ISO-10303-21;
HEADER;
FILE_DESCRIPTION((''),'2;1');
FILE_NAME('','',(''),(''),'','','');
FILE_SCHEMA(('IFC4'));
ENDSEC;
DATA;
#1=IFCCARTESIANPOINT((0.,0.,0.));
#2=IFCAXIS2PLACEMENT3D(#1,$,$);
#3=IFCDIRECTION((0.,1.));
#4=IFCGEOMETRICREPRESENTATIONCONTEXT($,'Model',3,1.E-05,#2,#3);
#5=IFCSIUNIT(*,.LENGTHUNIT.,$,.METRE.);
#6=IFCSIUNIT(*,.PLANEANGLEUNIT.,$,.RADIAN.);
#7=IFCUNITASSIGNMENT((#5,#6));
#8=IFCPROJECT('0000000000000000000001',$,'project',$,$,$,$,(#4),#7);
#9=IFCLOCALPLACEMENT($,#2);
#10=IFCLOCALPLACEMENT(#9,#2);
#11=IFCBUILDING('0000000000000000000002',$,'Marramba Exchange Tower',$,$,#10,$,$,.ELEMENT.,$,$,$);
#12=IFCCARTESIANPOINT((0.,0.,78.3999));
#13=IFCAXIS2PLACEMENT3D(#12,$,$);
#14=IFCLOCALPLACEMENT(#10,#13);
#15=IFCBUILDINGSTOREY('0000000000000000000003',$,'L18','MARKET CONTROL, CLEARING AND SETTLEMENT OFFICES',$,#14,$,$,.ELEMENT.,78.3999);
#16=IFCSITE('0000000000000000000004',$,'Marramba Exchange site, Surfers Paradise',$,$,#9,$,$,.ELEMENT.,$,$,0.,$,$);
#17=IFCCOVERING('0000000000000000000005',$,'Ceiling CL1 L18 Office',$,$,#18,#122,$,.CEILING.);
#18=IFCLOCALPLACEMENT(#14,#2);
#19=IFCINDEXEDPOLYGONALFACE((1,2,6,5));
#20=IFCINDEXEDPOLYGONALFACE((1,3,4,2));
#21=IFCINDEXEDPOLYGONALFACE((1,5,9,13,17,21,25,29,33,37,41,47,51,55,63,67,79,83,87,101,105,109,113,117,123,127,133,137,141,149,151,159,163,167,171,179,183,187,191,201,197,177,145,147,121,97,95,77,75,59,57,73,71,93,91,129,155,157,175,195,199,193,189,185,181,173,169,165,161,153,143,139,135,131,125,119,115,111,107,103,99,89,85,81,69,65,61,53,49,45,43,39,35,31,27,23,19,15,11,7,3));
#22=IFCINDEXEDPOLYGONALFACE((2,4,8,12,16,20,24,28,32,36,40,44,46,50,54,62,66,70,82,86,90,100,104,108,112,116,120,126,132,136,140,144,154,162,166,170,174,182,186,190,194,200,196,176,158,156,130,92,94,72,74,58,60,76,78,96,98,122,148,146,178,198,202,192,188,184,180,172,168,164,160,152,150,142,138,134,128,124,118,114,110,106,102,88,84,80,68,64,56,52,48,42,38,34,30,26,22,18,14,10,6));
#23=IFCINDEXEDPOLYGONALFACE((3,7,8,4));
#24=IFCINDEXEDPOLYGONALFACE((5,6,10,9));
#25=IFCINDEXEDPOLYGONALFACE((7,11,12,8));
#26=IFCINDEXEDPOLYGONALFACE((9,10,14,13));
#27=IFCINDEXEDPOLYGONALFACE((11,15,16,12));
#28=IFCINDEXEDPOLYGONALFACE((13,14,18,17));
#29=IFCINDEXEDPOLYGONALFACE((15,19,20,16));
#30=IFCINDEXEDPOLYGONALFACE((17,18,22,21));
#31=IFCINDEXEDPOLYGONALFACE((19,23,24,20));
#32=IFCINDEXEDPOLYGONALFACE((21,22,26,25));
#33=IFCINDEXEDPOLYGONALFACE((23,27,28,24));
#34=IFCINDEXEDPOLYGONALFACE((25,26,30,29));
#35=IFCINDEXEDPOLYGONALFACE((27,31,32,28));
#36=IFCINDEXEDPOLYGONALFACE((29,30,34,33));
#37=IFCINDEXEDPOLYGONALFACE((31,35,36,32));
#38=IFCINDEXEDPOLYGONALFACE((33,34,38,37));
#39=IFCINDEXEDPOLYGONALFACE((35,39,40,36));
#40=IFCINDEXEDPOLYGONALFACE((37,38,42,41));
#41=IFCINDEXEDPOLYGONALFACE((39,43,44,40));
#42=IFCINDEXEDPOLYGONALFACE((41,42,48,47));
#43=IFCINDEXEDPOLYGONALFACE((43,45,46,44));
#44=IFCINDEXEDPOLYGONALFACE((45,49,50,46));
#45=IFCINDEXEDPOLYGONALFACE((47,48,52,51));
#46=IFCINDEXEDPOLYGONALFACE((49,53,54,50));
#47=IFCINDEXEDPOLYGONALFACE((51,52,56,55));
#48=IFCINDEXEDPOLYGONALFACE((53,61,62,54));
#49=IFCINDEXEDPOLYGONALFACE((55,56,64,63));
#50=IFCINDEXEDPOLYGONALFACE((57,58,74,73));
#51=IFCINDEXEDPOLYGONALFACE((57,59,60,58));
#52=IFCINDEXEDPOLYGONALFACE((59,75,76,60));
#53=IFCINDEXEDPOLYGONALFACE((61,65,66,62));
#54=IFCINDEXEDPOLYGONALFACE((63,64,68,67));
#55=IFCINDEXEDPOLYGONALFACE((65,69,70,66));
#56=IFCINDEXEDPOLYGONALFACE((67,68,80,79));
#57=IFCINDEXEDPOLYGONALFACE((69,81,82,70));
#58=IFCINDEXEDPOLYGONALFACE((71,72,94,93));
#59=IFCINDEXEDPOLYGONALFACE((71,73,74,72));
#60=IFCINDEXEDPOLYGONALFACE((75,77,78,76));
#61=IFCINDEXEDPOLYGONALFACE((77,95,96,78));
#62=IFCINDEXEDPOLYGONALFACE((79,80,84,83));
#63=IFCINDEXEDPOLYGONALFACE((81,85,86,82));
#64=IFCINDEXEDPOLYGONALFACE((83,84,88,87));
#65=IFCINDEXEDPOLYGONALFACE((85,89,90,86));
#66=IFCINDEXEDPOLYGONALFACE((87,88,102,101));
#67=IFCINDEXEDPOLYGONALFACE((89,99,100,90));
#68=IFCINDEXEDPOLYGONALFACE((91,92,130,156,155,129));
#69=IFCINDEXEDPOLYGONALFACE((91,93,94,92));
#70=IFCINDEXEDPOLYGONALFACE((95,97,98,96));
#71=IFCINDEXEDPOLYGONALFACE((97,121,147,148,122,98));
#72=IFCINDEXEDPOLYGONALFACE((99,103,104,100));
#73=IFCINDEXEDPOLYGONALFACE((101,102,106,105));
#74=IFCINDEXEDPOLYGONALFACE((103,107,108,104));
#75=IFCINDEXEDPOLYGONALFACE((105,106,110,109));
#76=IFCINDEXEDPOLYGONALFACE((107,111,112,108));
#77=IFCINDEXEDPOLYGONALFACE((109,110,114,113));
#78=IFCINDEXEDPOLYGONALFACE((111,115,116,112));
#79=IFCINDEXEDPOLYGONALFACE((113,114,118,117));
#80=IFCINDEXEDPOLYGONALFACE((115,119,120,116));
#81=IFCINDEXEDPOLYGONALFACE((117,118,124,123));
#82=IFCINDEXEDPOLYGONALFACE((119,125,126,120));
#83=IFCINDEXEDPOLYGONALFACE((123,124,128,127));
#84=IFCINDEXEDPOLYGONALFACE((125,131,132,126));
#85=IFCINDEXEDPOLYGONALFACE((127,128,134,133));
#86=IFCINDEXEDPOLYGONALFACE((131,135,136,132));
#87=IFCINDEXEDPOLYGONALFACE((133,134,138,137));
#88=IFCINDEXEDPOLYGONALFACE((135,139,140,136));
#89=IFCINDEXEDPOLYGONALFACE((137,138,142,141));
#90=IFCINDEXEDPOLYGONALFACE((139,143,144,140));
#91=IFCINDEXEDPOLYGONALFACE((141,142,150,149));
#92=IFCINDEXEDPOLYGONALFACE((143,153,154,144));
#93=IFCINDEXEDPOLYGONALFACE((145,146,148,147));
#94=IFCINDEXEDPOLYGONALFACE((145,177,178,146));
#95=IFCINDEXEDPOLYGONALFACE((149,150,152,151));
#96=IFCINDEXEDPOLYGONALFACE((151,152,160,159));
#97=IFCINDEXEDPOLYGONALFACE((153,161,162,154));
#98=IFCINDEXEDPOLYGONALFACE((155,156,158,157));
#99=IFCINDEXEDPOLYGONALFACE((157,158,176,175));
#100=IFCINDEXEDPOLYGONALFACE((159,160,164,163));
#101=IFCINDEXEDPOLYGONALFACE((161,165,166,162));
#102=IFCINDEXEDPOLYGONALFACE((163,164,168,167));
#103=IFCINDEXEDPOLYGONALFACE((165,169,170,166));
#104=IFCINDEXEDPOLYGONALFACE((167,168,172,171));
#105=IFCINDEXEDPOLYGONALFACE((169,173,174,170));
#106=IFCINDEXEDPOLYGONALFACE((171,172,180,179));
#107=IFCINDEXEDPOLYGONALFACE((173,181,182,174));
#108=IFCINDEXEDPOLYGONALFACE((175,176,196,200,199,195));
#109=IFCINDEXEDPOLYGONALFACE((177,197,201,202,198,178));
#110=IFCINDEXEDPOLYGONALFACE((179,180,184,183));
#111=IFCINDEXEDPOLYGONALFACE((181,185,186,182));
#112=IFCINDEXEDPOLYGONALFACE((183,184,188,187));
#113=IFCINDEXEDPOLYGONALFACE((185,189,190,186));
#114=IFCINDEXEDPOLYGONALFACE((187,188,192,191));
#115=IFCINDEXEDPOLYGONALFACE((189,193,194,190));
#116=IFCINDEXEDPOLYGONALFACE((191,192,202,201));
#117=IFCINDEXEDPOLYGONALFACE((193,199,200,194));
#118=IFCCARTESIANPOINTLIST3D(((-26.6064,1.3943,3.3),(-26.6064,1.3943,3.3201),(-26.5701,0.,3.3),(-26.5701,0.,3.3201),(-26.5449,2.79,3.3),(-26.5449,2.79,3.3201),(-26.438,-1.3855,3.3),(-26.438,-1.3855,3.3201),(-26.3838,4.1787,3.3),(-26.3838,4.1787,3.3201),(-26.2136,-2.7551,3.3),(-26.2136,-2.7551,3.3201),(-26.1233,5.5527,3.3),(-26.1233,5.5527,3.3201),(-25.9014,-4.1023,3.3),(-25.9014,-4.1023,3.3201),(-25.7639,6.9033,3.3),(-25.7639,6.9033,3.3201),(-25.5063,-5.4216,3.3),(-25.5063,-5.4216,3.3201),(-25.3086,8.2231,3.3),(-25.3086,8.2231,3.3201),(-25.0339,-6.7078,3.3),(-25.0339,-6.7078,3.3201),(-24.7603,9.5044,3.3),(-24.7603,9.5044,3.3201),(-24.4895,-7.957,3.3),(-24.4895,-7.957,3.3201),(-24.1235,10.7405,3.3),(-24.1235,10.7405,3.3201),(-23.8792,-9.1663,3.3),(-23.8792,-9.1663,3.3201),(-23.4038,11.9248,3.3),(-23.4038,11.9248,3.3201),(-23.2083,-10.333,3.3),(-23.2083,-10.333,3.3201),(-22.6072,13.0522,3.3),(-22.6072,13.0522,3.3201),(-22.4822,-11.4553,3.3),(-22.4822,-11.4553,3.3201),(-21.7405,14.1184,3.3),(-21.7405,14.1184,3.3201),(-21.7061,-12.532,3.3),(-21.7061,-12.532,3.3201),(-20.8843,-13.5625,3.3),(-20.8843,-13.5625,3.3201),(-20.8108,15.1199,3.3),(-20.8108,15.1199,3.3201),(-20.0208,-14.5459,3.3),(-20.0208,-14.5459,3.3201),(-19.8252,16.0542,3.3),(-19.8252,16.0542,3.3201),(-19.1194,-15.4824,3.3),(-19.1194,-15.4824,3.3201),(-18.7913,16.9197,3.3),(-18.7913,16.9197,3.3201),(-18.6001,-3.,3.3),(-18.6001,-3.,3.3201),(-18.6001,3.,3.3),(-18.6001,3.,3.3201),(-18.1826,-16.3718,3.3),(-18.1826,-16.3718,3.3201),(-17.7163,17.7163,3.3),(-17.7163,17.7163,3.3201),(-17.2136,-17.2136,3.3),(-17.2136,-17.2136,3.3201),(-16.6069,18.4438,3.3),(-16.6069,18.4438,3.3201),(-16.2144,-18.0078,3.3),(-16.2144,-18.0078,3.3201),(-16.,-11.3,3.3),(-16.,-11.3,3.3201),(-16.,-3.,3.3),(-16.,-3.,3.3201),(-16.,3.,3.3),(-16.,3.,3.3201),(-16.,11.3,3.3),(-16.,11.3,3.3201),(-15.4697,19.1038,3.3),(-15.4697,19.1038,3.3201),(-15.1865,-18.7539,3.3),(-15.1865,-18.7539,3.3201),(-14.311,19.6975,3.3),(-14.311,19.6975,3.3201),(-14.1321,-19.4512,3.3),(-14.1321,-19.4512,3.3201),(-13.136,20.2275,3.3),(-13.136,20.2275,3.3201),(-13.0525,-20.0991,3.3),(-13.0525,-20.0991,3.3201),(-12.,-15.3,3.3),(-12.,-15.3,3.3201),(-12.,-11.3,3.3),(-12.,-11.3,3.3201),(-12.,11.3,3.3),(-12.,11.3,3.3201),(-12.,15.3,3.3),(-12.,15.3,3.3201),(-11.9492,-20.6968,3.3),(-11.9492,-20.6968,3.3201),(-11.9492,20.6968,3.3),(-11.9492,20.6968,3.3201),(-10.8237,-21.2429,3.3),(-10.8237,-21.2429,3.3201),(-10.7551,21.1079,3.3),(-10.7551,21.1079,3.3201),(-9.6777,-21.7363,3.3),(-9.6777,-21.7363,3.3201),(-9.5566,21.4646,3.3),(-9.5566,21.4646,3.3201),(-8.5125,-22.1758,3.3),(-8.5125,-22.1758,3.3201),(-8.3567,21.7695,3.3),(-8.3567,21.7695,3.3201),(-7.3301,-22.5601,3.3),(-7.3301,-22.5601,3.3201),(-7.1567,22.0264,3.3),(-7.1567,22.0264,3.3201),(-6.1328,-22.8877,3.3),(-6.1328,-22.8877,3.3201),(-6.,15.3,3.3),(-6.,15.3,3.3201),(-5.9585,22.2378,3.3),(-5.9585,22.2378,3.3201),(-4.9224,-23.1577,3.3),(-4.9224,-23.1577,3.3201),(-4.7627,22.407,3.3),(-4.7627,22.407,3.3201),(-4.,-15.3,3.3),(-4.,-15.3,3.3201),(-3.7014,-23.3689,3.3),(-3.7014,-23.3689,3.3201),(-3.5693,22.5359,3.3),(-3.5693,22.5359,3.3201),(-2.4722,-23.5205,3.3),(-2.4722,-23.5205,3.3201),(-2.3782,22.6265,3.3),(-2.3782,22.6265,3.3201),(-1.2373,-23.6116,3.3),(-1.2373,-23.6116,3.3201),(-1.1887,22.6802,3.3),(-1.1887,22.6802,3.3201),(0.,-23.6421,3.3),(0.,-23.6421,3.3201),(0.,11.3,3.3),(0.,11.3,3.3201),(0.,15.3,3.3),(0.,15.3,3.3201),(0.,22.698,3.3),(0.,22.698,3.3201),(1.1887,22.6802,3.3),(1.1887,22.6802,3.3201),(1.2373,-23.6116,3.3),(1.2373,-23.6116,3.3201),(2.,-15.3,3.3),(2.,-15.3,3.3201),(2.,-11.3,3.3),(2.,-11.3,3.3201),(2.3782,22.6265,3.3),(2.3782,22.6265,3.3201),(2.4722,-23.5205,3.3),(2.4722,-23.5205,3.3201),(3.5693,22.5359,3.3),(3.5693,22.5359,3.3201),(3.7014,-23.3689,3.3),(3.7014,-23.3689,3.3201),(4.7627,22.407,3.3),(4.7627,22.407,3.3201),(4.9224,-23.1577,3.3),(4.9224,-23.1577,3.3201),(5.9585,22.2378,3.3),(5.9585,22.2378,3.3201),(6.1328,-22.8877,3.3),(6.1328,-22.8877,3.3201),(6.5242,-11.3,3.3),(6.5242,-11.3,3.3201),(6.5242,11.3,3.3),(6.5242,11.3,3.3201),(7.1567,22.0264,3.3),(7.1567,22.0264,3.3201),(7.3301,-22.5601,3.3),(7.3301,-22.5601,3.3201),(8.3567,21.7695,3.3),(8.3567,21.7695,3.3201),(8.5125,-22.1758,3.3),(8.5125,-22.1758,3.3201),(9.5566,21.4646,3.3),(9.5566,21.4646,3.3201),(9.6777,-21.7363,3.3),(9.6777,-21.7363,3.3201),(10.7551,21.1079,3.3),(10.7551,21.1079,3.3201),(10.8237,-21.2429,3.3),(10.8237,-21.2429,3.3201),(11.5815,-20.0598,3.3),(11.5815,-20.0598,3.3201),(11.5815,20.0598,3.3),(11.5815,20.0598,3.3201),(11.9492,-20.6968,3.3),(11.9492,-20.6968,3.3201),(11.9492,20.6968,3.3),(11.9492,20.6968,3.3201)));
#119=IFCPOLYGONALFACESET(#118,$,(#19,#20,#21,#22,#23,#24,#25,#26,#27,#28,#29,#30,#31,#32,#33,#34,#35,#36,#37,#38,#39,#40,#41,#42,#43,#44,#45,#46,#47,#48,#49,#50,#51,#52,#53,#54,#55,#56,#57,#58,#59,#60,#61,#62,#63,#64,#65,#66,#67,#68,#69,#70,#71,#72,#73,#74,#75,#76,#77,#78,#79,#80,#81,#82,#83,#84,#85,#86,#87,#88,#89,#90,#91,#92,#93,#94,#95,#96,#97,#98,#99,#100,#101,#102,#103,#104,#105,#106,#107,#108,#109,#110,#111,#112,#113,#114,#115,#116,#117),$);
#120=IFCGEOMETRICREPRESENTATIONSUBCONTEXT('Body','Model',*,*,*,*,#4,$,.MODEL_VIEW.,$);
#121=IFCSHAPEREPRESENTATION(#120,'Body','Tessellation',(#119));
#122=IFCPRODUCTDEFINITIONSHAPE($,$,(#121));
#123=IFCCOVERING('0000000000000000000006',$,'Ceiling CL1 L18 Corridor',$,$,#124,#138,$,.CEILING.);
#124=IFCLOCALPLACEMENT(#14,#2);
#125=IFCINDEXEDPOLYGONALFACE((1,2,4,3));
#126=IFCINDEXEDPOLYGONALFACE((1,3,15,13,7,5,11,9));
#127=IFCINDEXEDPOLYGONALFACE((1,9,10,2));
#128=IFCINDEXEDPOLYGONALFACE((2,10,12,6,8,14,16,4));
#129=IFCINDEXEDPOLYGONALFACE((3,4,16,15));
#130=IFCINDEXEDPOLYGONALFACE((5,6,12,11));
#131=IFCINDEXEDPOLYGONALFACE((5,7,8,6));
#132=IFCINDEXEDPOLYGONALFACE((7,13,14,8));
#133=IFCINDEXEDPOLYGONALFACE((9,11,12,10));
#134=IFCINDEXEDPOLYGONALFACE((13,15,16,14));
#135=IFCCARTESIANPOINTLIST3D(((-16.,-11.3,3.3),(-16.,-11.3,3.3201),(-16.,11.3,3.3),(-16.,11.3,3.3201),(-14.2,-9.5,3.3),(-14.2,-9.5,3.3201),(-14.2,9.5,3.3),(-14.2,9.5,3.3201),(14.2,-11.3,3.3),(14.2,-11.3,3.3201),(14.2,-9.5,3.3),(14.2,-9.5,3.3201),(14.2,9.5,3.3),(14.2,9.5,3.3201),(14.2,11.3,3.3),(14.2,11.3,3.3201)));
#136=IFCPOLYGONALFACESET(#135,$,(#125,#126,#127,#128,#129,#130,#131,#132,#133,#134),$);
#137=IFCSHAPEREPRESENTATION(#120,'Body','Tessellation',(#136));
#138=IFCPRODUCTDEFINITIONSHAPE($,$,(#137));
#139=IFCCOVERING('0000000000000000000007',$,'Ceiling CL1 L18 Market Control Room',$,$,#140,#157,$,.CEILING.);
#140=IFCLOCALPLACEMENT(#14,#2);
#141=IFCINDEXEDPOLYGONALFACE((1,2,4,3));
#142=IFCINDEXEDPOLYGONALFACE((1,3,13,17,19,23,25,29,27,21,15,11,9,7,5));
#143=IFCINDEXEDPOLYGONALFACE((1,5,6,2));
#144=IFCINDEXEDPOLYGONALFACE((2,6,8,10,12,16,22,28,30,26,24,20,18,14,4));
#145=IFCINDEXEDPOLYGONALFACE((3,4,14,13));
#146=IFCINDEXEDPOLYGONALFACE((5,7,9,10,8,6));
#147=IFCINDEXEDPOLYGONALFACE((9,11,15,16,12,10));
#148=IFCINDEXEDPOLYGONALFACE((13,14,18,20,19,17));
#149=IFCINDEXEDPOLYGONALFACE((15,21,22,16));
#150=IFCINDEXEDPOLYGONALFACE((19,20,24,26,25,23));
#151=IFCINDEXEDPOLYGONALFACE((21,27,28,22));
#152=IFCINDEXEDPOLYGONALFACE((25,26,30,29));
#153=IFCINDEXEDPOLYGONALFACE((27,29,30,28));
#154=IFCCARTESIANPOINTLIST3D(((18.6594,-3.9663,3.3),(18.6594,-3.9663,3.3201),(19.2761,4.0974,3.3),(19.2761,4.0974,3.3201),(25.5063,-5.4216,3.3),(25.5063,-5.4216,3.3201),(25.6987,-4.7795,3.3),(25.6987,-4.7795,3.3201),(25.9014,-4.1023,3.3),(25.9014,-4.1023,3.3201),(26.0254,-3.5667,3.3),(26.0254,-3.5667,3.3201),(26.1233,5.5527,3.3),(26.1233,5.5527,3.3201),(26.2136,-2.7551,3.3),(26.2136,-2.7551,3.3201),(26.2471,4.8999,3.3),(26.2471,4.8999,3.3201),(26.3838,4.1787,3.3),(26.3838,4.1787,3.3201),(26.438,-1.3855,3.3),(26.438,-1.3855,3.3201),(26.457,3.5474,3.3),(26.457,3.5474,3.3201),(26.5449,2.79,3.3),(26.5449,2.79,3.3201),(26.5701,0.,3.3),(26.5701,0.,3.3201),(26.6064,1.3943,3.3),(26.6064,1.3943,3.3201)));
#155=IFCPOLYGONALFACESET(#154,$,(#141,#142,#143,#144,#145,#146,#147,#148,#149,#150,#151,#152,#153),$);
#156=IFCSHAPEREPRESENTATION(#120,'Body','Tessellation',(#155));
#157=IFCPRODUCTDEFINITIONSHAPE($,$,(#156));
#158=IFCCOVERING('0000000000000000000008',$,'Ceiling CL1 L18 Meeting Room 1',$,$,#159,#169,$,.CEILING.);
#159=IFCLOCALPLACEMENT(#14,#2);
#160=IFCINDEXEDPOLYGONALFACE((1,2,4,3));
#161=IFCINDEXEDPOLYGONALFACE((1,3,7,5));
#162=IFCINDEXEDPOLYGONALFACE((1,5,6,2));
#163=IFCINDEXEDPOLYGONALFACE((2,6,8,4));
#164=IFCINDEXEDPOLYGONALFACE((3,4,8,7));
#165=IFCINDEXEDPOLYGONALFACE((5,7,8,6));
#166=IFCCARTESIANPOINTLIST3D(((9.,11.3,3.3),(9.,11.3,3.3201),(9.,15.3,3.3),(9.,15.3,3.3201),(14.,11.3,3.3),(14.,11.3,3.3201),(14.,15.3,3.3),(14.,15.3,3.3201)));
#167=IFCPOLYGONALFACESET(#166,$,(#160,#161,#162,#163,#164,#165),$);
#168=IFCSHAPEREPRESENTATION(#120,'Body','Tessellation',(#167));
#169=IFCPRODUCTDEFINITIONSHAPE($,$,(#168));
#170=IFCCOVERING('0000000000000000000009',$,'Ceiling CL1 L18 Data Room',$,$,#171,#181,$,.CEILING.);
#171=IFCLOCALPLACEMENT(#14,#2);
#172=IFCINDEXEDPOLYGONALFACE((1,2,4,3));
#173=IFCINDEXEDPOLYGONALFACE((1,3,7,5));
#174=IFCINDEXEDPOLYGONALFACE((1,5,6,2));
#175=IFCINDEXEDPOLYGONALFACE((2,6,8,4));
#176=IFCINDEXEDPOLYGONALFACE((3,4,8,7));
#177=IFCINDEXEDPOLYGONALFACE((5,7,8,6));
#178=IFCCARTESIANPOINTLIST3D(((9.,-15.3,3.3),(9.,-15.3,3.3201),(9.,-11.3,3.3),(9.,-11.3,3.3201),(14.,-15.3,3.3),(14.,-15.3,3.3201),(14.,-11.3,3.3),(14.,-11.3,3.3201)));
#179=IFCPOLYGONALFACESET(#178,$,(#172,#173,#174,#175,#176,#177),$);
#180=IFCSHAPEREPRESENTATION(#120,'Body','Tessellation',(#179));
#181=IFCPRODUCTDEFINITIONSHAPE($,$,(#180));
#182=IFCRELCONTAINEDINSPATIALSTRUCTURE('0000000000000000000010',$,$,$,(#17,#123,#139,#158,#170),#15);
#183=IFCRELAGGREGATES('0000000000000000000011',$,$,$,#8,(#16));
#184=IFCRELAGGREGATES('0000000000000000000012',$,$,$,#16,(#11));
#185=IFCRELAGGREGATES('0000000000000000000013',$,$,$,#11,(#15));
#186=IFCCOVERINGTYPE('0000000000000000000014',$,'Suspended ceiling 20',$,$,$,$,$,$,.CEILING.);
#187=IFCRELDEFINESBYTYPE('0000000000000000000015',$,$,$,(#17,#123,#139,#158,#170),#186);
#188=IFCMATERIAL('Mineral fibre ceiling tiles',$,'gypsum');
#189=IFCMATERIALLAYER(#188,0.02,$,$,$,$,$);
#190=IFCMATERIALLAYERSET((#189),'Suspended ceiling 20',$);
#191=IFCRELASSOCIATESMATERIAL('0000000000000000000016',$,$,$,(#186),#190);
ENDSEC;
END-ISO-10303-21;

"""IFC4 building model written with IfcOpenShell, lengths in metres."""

from ifc_helpers import new_model, si_unit, direction, frame, origin, place, context, subcontext, project, spatial, polyline, outline, extrude, material, layer, layer_set, type_object, element, save


model = new_model("IFC4")

# Units and contexts
model_context = context("Model", 3, precision=1e-05, world=origin(), true_north=direction((0.0, 1.0)))
body_context = subcontext(model_context, "Body", "Model", "MODEL_VIEW")
ifc_project = project(units=[si_unit("LENGTHUNIT", "METRE"), si_unit("PLANEANGLEUNIT", "RADIAN")], contexts=[model_context])

# Site, building, storey
site_placement = place(None, origin())
site = spatial("IfcSite", under=ifc_project, at=site_placement, Name="Marramba Exchange site, Surfers Paradise", CompositionType="ELEMENT", RefElevation=0.0)
building_placement = place(site_placement, origin())
building = spatial("IfcBuilding", under=site, at=building_placement, Name="Marramba Exchange Tower", CompositionType="ELEMENT")
storey_placement = place(building_placement, frame((0.0, 0.0, 78.3999)))
storey = spatial("IfcBuildingStorey", under=building, at=storey_placement, Name="L18", Description="MARKET CONTROL, CLEARING AND SETTLEMENT OFFICES", CompositionType="ELEMENT", Elevation=78.3999)

# Coverings
ifc_material_1 = material(Name="Mineral fibre ceiling tiles", Category="gypsum")
ifc_layer_1 = layer(ifc_material_1, 0.02)
ifc_layer_set_1 = layer_set([ifc_layer_1], Name="Suspended ceiling 20")
covering_type_1 = type_object("IfcCoveringType", Name="Suspended ceiling 20", PredefinedType="CEILING", material=ifc_layer_set_1)
covering_1_placement = place(storey_placement, frame((0.0, 0.0, 3.3)))
element("IfcCovering", 1, at=covering_1_placement, inside=storey, type_object=covering_type_1, Name="Ceiling CL1 L18 Office", PredefinedType="CEILING", context=body_context, shape_type="SweptSolid", body=[
    extrude(outline(polyline([(-16.0, 3.0), (-18.6001, 3.0), (-18.6001, -3.0), (-16.0, -3.0), (-16.0, -11.3), (-12.0, -11.3), (-12.0, -15.3), (-4.0, -15.3), (2.0, -15.3), (2.0, -11.3), (6.5242, -11.3), (11.5815, -20.0598), (11.9492, -20.6968), (10.8237, -21.2429), (9.6777, -21.7363), (8.5125, -22.1758), (7.3301, -22.5601), (6.1328, -22.8877), (4.9224, -23.1577), (3.7014, -23.3689), (2.4722, -23.5205), (1.2373, -23.6116), (0.0, -23.6421), (-1.2373, -23.6116), (-2.4722, -23.5205), (-3.7014, -23.3689), (-4.9224, -23.1577), (-6.1328, -22.8877), (-7.3301, -22.5601), (-8.5125, -22.1758), (-9.6777, -21.7363), (-10.8237, -21.2429), (-11.9492, -20.6968), (-13.0525, -20.0991), (-14.1321, -19.4512), (-15.1865, -18.7539), (-16.2144, -18.0078), (-17.2136, -17.2136), (-18.1826, -16.3718), (-19.1194, -15.4824), (-20.0208, -14.5459), (-20.8843, -13.5625), (-21.7061, -12.532), (-22.4822, -11.4553), (-23.2083, -10.333), (-23.8792, -9.1663), (-24.4895, -7.957), (-25.0339, -6.7078), (-25.5063, -5.4216), (-25.9014, -4.1023), (-26.2136, -2.7551), (-26.438, -1.3855), (-26.5701, 0.0), (-26.6064, 1.3943), (-26.5449, 2.79), (-26.3838, 4.1787), (-26.1233, 5.5527), (-25.7639, 6.9033), (-25.3086, 8.2231), (-24.7603, 9.5044), (-24.1235, 10.7405), (-23.4038, 11.9248), (-22.6072, 13.0522), (-21.7405, 14.1184), (-20.8108, 15.1199), (-19.8252, 16.0542), (-18.7913, 16.9197), (-17.7163, 17.7163), (-16.6069, 18.4438), (-15.4697, 19.1038), (-14.311, 19.6975), (-13.136, 20.2275), (-11.9492, 20.6968), (-10.7551, 21.1079), (-9.5566, 21.4646), (-8.3567, 21.7695), (-7.1567, 22.0264), (-5.9585, 22.2378), (-4.7627, 22.407), (-3.5693, 22.5359), (-2.3782, 22.6265), (-1.1887, 22.6802), (0.0, 22.698), (1.1887, 22.6802), (2.3782, 22.6265), (3.5693, 22.5359), (4.7627, 22.407), (5.9585, 22.2378), (7.1567, 22.0264), (8.3567, 21.7695), (9.5566, 21.4646), (10.7551, 21.1079), (11.9492, 20.6968), (11.5815, 20.0598), (6.5242, 11.3), (0.0, 11.3), (0.0, 15.3), (-6.0, 15.3), (-12.0, 15.3), (-12.0, 11.3), (-16.0, 11.3), (-16.0, 3.0)])), origin(), (0.0, 0.0, 1.0), 0.02),
])
covering_2_placement = place(storey_placement, frame((0.0, 0.0, 3.3)))
element("IfcCovering", 2, at=covering_2_placement, inside=storey, type_object=covering_type_1, Name="Ceiling CL1 L18 Corridor", PredefinedType="CEILING", context=body_context, shape_type="SweptSolid", body=[
    extrude(outline(polyline([(-16.0, -11.3), (-16.0, 11.3), (14.2, 11.3), (14.2, 9.5), (-14.2, 9.5), (-14.2, -9.5), (14.2, -9.5), (14.2, -11.3), (-16.0, -11.3)])), origin(), (0.0, 0.0, 1.0), 0.02),
])
covering_3_placement = place(storey_placement, frame((0.0, 0.0, 3.3)))
element("IfcCovering", 3, at=covering_3_placement, inside=storey, type_object=covering_type_1, Name="Ceiling CL1 L18 Market Control Room", PredefinedType="CEILING", context=body_context, shape_type="SweptSolid", body=[
    extrude(outline(polyline([(26.2471, 4.8999), (26.3838, 4.1787), (26.457, 3.5474), (26.5449, 2.79), (26.6064, 1.3943), (26.5701, 0.0), (26.438, -1.3855), (26.2136, -2.7551), (26.0254, -3.5667), (25.9014, -4.1023), (25.6987, -4.7795), (25.5063, -5.4216), (18.6594, -3.9663), (19.2761, 4.0974), (26.1233, 5.5527), (26.2471, 4.8999)])), origin(), (0.0, 0.0, 1.0), 0.02),
])
covering_4_placement = place(storey_placement, frame((0.0, 0.0, 3.3)))
element("IfcCovering", 4, at=covering_4_placement, inside=storey, type_object=covering_type_1, Name="Ceiling CL1 L18 Meeting Room 1", PredefinedType="CEILING", context=body_context, shape_type="SweptSolid", body=[
    extrude(outline(polyline([(14.0, 11.3), (9.0, 11.3), (9.0, 15.3), (14.0, 15.3), (14.0, 11.3)])), origin(), (0.0, 0.0, 1.0), 0.02),
])
covering_5_placement = place(storey_placement, frame((0.0, 0.0, 3.3)))
element("IfcCovering", 5, at=covering_5_placement, inside=storey, type_object=covering_type_1, Name="Ceiling CL1 L18 Data Room", PredefinedType="CEILING", context=body_context, shape_type="SweptSolid", body=[
    extrude(outline(polyline([(14.0, -15.3), (9.0, -15.3), (9.0, -11.3), (14.0, -11.3), (14.0, -15.3)])), origin(), (0.0, 0.0, 1.0), 0.02),
])

save(model, "model.ifc")
